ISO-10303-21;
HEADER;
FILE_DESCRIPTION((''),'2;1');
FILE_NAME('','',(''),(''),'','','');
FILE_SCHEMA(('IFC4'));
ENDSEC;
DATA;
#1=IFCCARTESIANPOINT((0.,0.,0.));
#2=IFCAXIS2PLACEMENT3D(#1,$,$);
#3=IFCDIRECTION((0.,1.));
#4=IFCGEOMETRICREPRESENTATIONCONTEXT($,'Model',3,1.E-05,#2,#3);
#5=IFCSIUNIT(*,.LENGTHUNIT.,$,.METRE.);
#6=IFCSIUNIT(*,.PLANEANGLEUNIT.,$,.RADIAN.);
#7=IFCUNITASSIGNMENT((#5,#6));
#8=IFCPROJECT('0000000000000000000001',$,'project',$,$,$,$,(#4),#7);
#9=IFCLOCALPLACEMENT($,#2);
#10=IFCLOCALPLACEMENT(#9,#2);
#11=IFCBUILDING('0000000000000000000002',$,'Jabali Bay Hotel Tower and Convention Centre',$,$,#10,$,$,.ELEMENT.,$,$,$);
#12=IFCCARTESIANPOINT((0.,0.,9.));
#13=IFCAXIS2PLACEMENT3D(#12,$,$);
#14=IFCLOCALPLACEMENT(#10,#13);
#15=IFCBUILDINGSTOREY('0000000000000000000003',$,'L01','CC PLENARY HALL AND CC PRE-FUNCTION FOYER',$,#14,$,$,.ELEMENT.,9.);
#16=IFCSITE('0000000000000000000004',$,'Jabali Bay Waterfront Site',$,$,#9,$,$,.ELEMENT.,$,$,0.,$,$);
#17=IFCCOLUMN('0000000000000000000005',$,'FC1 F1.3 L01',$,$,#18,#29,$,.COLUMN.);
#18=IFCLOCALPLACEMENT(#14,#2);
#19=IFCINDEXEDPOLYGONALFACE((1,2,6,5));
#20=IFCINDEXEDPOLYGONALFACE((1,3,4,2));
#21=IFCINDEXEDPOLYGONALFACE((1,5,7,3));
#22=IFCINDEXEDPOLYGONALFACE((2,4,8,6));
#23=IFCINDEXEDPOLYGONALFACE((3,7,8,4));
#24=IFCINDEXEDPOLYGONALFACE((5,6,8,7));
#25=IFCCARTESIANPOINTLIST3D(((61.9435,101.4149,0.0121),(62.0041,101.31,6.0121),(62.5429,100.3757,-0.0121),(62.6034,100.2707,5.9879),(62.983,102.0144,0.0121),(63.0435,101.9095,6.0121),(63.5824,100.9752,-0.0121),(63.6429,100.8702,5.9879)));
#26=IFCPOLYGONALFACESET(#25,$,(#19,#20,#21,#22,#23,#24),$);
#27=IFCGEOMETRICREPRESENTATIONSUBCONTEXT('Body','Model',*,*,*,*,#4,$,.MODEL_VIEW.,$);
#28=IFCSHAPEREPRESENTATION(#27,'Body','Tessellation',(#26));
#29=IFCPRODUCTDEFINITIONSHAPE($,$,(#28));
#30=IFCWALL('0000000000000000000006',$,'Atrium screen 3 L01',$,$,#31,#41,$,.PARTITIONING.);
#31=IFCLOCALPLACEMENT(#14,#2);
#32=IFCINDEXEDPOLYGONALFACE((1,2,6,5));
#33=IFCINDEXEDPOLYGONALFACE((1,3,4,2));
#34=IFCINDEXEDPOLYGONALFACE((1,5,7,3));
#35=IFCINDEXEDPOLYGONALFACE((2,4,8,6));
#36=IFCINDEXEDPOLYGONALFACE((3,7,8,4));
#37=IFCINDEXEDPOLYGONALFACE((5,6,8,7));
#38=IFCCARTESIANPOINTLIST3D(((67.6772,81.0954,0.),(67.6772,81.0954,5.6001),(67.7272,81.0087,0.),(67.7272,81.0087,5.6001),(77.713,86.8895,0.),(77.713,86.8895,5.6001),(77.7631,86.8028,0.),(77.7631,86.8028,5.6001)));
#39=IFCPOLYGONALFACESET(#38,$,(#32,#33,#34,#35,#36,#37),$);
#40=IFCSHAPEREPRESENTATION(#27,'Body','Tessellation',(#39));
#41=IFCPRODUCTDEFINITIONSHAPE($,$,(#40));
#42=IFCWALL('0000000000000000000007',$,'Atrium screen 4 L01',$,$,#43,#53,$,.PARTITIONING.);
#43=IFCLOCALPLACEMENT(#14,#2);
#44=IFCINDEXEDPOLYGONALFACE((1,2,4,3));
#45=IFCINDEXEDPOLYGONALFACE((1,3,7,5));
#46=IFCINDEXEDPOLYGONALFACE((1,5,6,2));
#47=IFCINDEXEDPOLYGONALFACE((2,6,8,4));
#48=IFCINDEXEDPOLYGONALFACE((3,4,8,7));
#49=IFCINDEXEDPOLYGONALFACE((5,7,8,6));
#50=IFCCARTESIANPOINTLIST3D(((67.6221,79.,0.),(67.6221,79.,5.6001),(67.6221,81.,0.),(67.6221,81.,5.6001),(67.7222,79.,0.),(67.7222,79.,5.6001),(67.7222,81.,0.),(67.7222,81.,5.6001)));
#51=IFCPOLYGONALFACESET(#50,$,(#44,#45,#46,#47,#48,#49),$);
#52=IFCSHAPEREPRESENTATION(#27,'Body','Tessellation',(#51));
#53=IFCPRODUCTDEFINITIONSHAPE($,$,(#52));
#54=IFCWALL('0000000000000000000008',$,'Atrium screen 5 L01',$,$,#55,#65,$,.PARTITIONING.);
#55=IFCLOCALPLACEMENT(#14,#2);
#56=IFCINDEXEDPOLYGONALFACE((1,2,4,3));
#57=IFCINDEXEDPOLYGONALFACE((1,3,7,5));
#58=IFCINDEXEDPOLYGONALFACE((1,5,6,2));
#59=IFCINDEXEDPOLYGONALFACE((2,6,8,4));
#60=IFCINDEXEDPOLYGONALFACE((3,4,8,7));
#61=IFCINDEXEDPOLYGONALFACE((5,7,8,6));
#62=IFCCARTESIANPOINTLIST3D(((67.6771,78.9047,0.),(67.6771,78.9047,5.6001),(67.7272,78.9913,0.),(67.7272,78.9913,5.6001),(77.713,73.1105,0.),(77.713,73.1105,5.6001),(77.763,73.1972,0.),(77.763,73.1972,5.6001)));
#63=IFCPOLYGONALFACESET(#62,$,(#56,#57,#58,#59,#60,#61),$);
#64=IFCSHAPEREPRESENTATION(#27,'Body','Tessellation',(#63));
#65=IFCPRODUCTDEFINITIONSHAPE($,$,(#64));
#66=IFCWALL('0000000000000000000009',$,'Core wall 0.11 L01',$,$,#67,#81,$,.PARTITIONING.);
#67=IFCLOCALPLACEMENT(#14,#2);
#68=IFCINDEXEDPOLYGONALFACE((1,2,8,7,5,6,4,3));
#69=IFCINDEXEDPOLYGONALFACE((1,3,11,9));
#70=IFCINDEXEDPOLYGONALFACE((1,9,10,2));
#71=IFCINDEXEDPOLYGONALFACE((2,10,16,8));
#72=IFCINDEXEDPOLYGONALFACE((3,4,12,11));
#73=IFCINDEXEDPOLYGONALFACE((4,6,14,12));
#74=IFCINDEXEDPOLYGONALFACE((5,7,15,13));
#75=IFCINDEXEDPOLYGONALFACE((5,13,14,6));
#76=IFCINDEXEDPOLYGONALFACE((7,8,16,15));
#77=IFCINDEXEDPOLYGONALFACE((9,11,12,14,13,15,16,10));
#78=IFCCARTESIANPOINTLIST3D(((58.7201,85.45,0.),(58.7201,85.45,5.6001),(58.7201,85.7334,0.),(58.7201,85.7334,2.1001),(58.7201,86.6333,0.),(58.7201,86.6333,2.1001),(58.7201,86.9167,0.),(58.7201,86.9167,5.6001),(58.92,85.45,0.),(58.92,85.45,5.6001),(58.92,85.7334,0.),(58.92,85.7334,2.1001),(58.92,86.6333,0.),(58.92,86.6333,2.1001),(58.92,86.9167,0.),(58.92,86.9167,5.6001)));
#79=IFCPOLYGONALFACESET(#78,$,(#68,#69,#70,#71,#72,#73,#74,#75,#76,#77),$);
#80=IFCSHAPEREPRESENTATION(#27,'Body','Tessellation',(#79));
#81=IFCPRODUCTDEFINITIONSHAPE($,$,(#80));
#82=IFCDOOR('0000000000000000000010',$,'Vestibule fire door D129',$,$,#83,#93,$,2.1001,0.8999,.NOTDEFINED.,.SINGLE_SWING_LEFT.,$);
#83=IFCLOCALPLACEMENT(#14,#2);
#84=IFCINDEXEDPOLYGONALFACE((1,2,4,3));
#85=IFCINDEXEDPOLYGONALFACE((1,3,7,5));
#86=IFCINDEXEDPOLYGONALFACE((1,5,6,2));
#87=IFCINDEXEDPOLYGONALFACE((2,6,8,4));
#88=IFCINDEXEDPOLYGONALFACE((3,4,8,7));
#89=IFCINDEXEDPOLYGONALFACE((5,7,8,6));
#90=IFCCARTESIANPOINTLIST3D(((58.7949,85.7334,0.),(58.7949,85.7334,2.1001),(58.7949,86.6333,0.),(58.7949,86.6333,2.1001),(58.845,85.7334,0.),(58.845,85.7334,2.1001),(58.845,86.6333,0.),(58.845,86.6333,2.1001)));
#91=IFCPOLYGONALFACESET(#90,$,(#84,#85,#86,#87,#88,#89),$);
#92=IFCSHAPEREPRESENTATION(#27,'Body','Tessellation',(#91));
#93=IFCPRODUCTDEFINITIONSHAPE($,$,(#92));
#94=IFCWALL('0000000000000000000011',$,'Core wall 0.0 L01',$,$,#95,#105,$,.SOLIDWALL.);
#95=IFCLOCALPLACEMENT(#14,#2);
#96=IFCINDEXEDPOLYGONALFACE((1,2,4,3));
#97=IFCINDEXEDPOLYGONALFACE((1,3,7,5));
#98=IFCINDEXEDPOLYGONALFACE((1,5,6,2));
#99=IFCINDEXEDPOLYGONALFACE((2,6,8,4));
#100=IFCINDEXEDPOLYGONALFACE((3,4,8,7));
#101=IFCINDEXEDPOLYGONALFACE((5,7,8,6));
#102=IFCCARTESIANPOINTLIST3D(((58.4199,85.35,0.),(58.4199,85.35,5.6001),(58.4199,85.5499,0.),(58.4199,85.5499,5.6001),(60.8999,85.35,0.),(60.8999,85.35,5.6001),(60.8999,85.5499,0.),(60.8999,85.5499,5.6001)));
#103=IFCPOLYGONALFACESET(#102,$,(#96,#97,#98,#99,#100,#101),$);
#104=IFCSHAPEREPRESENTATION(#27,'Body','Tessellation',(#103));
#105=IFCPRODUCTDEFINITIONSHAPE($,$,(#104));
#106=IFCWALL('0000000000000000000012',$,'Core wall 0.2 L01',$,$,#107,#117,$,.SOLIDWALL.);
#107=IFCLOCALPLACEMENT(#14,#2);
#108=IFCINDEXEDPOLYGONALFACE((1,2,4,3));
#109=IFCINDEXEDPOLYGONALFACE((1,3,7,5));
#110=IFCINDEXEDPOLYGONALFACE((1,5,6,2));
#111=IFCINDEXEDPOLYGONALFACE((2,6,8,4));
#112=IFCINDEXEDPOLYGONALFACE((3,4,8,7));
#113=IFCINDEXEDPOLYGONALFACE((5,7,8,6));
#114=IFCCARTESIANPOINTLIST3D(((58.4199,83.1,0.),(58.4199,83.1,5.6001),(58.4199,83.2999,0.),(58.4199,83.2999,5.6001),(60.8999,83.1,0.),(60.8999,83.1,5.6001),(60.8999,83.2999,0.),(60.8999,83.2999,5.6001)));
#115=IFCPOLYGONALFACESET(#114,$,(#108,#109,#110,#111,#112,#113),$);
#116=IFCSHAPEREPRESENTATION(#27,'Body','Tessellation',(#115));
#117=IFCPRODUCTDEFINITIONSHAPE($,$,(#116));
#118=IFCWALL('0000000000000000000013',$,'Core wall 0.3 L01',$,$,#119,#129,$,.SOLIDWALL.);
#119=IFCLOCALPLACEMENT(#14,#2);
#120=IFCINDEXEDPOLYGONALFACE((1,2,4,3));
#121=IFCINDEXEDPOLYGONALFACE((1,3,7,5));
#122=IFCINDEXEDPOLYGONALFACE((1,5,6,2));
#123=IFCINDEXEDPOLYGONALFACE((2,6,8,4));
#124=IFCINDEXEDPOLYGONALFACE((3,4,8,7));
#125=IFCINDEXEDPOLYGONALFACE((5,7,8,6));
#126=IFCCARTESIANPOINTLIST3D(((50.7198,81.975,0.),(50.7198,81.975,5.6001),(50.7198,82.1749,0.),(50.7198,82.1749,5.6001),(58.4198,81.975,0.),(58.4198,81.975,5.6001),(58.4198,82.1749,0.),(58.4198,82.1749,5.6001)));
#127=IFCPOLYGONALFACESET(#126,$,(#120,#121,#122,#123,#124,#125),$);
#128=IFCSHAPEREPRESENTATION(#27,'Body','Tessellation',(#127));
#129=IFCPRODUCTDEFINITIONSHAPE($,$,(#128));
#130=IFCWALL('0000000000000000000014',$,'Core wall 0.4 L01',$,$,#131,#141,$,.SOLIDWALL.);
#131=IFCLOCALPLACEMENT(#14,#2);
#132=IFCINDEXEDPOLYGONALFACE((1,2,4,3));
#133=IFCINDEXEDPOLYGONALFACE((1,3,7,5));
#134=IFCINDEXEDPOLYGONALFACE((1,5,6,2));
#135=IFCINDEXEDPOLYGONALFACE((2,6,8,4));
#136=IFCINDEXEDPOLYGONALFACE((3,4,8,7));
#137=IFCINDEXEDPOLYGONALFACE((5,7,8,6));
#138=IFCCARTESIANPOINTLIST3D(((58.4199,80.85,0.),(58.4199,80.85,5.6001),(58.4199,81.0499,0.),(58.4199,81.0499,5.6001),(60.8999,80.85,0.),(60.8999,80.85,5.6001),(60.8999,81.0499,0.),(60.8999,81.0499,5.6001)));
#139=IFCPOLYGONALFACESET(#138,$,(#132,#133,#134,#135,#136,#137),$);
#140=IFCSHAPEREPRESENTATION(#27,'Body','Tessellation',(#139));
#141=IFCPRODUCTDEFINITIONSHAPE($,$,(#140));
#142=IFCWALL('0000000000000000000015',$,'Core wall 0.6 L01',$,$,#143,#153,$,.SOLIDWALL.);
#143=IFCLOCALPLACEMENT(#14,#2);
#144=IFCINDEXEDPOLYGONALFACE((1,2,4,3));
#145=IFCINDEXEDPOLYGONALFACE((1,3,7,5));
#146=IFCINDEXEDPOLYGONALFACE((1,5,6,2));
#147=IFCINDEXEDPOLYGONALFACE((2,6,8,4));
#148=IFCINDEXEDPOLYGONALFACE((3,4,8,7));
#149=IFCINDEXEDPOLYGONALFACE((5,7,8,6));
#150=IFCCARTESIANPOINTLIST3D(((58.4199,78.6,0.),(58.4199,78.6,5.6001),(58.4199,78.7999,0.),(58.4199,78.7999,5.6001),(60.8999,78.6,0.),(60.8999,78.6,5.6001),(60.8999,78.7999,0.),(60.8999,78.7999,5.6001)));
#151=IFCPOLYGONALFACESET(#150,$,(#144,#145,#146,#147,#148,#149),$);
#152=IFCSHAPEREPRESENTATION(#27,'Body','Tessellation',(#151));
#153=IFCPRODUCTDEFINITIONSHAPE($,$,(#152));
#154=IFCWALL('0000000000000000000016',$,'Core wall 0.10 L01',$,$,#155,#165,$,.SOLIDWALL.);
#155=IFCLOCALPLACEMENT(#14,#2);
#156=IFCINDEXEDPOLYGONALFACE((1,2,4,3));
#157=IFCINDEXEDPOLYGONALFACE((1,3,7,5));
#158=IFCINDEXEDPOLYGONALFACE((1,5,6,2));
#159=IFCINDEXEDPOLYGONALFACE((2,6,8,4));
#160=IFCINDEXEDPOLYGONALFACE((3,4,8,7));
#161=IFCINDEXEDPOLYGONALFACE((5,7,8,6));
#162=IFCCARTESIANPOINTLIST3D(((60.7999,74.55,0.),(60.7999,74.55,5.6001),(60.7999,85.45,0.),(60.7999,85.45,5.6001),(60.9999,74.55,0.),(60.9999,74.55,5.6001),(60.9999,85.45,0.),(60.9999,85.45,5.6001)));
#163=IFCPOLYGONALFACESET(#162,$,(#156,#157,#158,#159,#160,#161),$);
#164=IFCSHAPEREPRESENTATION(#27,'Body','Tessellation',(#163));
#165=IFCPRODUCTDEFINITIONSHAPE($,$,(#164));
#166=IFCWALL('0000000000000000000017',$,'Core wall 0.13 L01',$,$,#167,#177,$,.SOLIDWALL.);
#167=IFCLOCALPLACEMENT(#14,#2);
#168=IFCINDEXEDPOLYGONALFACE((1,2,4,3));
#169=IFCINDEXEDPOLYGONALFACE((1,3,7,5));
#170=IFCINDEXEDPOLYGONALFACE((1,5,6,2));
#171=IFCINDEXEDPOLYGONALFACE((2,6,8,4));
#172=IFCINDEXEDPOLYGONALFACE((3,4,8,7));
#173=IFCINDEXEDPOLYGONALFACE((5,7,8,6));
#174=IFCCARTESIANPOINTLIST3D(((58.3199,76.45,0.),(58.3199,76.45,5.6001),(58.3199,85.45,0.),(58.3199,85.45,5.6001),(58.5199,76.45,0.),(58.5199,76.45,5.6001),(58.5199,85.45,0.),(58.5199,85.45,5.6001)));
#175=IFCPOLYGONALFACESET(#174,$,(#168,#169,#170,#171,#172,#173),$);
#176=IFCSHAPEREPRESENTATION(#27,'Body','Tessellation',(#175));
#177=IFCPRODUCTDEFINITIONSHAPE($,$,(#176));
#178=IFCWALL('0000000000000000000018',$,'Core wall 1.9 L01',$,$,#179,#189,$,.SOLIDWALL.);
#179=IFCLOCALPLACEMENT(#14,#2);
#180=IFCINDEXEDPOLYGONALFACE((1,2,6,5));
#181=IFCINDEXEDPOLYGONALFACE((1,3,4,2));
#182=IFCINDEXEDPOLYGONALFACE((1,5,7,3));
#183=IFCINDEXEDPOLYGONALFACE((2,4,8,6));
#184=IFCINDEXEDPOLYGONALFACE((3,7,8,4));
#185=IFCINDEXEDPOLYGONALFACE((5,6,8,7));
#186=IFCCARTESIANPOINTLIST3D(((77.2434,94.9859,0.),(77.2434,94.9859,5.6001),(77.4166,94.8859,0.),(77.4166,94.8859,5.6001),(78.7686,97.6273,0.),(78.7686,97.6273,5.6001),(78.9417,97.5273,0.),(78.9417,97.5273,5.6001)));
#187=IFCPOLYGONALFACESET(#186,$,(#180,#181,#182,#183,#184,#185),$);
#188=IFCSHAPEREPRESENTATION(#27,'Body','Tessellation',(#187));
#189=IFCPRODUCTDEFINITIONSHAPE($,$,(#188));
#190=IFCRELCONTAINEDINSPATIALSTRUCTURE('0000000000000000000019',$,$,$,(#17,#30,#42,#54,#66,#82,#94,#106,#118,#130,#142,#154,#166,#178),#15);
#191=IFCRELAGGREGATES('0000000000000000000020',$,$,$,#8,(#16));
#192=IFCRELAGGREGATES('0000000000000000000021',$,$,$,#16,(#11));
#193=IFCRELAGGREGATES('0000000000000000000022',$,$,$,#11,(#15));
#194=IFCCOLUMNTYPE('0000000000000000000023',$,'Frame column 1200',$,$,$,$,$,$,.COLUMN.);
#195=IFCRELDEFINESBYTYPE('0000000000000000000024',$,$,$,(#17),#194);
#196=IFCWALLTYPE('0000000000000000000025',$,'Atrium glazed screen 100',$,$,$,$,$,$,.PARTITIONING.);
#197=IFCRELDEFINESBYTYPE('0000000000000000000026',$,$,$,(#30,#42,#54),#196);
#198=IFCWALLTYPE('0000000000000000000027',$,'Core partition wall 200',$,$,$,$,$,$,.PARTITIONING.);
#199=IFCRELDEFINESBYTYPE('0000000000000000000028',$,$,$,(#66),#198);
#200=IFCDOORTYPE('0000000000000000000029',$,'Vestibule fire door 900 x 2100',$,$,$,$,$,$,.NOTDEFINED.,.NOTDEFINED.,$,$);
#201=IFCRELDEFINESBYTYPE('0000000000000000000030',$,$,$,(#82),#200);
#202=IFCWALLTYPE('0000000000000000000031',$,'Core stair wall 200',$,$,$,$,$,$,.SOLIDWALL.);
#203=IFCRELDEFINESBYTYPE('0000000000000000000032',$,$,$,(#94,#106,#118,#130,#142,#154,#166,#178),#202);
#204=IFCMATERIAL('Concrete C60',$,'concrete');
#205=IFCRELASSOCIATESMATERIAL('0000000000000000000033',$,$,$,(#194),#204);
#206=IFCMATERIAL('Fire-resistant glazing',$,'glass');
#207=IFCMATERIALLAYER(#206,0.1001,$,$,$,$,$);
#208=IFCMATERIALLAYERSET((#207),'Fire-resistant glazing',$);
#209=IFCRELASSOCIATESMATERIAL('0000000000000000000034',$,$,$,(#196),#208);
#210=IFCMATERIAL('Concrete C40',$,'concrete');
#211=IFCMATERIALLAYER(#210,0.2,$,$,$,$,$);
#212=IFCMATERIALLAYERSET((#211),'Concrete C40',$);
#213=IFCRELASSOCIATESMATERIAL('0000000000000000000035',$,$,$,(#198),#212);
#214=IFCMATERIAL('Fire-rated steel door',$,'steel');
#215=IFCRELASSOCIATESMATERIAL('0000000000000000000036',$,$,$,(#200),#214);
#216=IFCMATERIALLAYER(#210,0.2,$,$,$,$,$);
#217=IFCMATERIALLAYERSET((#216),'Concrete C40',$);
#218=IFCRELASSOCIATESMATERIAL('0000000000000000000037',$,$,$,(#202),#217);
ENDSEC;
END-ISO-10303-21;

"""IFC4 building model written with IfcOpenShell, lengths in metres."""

from ifc_helpers import new_model, si_unit, direction, frame, frame_2d, origin, origin_2d, place, context, subcontext, project, spatial, rectangle, extrude, material, layer, layer_set, material_profile, profile_set, type_object, element, fill, save


model = new_model("IFC4")

# Units and contexts
model_context = context("Model", 3, precision=1e-05, world=origin(), true_north=direction((0.0, 1.0)))
body_context = subcontext(model_context, "Body", "Model", "MODEL_VIEW")
ifc_project = project(units=[si_unit("LENGTHUNIT", "METRE"), si_unit("PLANEANGLEUNIT", "RADIAN")], contexts=[model_context])

# Site, building, storey
site_placement = place(None, origin())
site = spatial("IfcSite", under=ifc_project, at=site_placement, Name="Jabali Bay Waterfront Site", CompositionType="ELEMENT", RefElevation=0.0)
building_placement = place(site_placement, origin())
building = spatial("IfcBuilding", under=site, at=building_placement, Name="Jabali Bay Hotel Tower and Convention Centre", CompositionType="ELEMENT")
storey_placement = place(building_placement, frame((0.0, 0.0, 9.0)))
storey = spatial("IfcBuildingStorey", under=building, at=storey_placement, Name="L01", Description="CC PLENARY HALL AND CC PRE-FUNCTION FOYER", CompositionType="ELEMENT", Elevation=9.0)

# Column
ifc_material_1 = material(Name="Concrete C60", Category="concrete")
ifc_material_profile = material_profile(ifc_material_1, rectangle(XDim=1.2, YDim=1.2, at=origin_2d()), Name="Frame column 1200")
ifc_profile_set = profile_set([ifc_material_profile], Name="Concrete C60")
column_type = type_object("IfcColumnType", Name="Frame column 1200", PredefinedType="COLUMN", material=ifc_profile_set)
column_placement = place(storey_placement, frame((62.7629, 101.1951, 0.0), z_axis=(0.010089, -0.017493, 0.999796), x_axis=(-0.499504, 0.866076, 0.020194)))
element("IfcColumn", 1, at=column_placement, inside=storey, type_object=column_type, Name="FC1 F1.3 L01", PredefinedType="COLUMN", context=body_context, shape_type="SweptSolid", body=[
    extrude(rectangle(XDim=1.2, YDim=1.2, at=origin_2d()), origin(), (0.0, 0.0, 1.0), 6.0012),
])

# Walls
ifc_material_2 = material(Name="Fire-resistant glazing", Category="glass")
ifc_layer_1 = layer(ifc_material_2, 0.1001)
ifc_layer_set_1 = layer_set([ifc_layer_1], Name="Fire-resistant glazing")
wall_type_1 = type_object("IfcWallType", Name="Atrium glazed screen 100", PredefinedType="PARTITIONING", material=ifc_layer_set_1)
wall_1_placement = place(storey_placement, frame((77.738, 86.8462, 0.0), z_axis=(0.0, 0.0, 1.0), x_axis=(-0.866027, -0.499998, 0.0)))
element("IfcWall", 2, at=wall_1_placement, inside=storey, type_object=wall_type_1, Name="Atrium screen 3 L01", PredefinedType="PARTITIONING", context=body_context, shape_type="SweptSolid", body=[
    extrude(rectangle(XDim=11.5884, YDim=0.1001, at=frame_2d((5.7942, 0.0))), origin(), (0.0, 0.0, 1.0), 5.6001),
])
wall_2_placement = place(storey_placement, frame((67.6721, 81.0, 0.0), z_axis=(0.0, 0.0, 1.0), x_axis=(0.0, -1.0, 0.0)))
element("IfcWall", 3, at=wall_2_placement, inside=storey, type_object=wall_type_1, Name="Atrium screen 4 L01", PredefinedType="PARTITIONING", context=body_context, shape_type="SweptSolid", body=[
    extrude(rectangle(XDim=2.0, YDim=0.1001, at=frame_2d((1.0, 0.0))), origin(), (0.0, 0.0, 1.0), 5.6001),
])
wall_3_placement = place(storey_placement, frame((67.7021, 78.948, 0.0), z_axis=(0.0, 0.0, 1.0), x_axis=(0.866027, -0.499998, 0.0)))
element("IfcWall", 4, at=wall_3_placement, inside=storey, type_object=wall_type_1, Name="Atrium screen 5 L01", PredefinedType="PARTITIONING", context=body_context, shape_type="SweptSolid", body=[
    extrude(rectangle(XDim=11.5884, YDim=0.1001, at=frame_2d((5.7942, 0.0))), origin(), (0.0, 0.0, 1.0), 5.6001),
])

# Wall, opening, door
ifc_material_3 = material(Name="Concrete C40", Category="concrete")
ifc_layer_2 = layer(ifc_material_3, 0.2)
ifc_layer_set_2 = layer_set([ifc_layer_2], Name="Concrete C40")
wall_type_2 = type_object("IfcWallType", Name="Core partition wall 200", PredefinedType="PARTITIONING", material=ifc_layer_set_2)
wall_4_placement = place(storey_placement, frame((58.8201, 86.9167, 0.0), z_axis=(0.0, 0.0, 1.0), x_axis=(0.0, -1.0, 0.0)))
wall_4 = element("IfcWall", 5, at=wall_4_placement, inside=storey, type_object=wall_type_2, Name="Core wall 0.11 L01", PredefinedType="PARTITIONING", context=body_context, shape_type="SweptSolid", body=[
    extrude(rectangle(XDim=1.4668, YDim=0.2, at=frame_2d((0.7334, 0.0))), origin(), (0.0, 0.0, 1.0), 5.6001),
])
opening_1_placement = place(wall_4_placement, frame((0.2834, 0.0, 0.0)))
opening_1 = element("IfcOpeningElement", 6, at=opening_1_placement, cuts=wall_4, PredefinedType="OPENING", context=body_context, shape_type="SweptSolid", body=[
    extrude(rectangle(XDim=0.8999, YDim=2.1001, at=frame_2d((0.45, 1.05))), frame((0.0, 0.1104, 0.0), z_axis=(0.0, -1.0, 0.0), x_axis=(1.0, 0.0, 0.0)), (0.0, 0.0, 1.0), 0.2209),
])
ifc_material_4 = material(Name="Fire-rated steel door", Category="steel")
door_type_1 = type_object("IfcDoorType", Name="Vestibule fire door 900 x 2100", OperationType="NOTDEFINED", PredefinedType="NOTDEFINED", material=ifc_material_4)
door_1_placement = place(opening_1_placement, origin())
door_1 = element("IfcDoor", 7, at=door_1_placement, inside=storey, type_object=door_type_1, Name="Vestibule fire door D129", OperationType="SINGLE_SWING_LEFT", OverallHeight=2.1001, OverallWidth=0.8999, PredefinedType="NOTDEFINED", context=body_context, shape_type="SweptSolid", body=[
    extrude(rectangle(XDim=0.8999, YDim=2.1001, at=frame_2d((0.45, 1.05))), frame((0.0, 0.0249, 0.0), z_axis=(0.0, -1.0, 0.0), x_axis=(1.0, 0.0, 0.0)), (0.0, 0.0, 1.0), 0.05),
])
fill(opening_1, door_1)

# Walls
ifc_layer_3 = layer(ifc_material_3, 0.2)
ifc_layer_set_3 = layer_set([ifc_layer_3], Name="Concrete C40")
wall_type_3 = type_object("IfcWallType", Name="Core stair wall 200", PredefinedType="SOLIDWALL", material=ifc_layer_set_3)
for number, where, z_axis, x_axis, name in (
    (8, (60.8999, 85.45, 0.0), (0.0, 0.0, 1.0), (-1.0, 0.0, 0.0), "Core wall 0.0 L01"),
    (9, (60.8999, 83.2, 0.0), (0.0, 0.0, 1.0), (-1.0, 0.0, 0.0), "Core wall 0.2 L01"),
):
    element("IfcWall", number, at=place(storey_placement, frame(where, z_axis=z_axis, x_axis=x_axis)), inside=storey, type_object=wall_type_3, Name=name, PredefinedType="SOLIDWALL", context=body_context, shape_type="SweptSolid", body=[
        extrude(rectangle(XDim=2.48, YDim=0.2, at=frame_2d((1.24, 0.0))), origin(), (0.0, 0.0, 1.0), 5.6001),
    ])
wall_5_placement = place(storey_placement, frame((58.4199, 82.075, 0.0), z_axis=(0.0, 0.0, 1.0), x_axis=(-1.0, 0.0, 0.0)))
element("IfcWall", 10, at=wall_5_placement, inside=storey, type_object=wall_type_3, Name="Core wall 0.3 L01", PredefinedType="SOLIDWALL", context=body_context, shape_type="SweptSolid", body=[
    extrude(rectangle(XDim=7.7, YDim=0.2, at=frame_2d((3.8501, 0.0))), origin(), (0.0, 0.0, 1.0), 5.6001),
])
for number, where, z_axis, x_axis, name in (
    (11, (60.8999, 80.95, 0.0), (0.0, 0.0, 1.0), (-1.0, 0.0, 0.0), "Core wall 0.4 L01"),
    (12, (60.8999, 78.7, 0.0), (0.0, 0.0, 1.0), (-1.0, 0.0, 0.0), "Core wall 0.6 L01"),
):
    element("IfcWall", number, at=place(storey_placement, frame(where, z_axis=z_axis, x_axis=x_axis)), inside=storey, type_object=wall_type_3, Name=name, PredefinedType="SOLIDWALL", context=body_context, shape_type="SweptSolid", body=[
        extrude(rectangle(XDim=2.48, YDim=0.2, at=frame_2d((1.24, 0.0))), origin(), (0.0, 0.0, 1.0), 5.6001),
    ])
wall_6_placement = place(storey_placement, frame((60.8999, 85.45, 0.0), z_axis=(0.0, 0.0, 1.0), x_axis=(0.0, -1.0, 0.0)))
element("IfcWall", 13, at=wall_6_placement, inside=storey, type_object=wall_type_3, Name="Core wall 0.10 L01", PredefinedType="SOLIDWALL", context=body_context, shape_type="SweptSolid", body=[
    extrude(rectangle(XDim=10.8999, YDim=0.2, at=frame_2d((5.45, 0.0))), origin(), (0.0, 0.0, 1.0), 5.6001),
])
wall_7_placement = place(storey_placement, frame((58.4199, 85.45, 0.0), z_axis=(0.0, 0.0, 1.0), x_axis=(0.0, -1.0, 0.0)))
element("IfcWall", 14, at=wall_7_placement, inside=storey, type_object=wall_type_3, Name="Core wall 0.13 L01", PredefinedType="SOLIDWALL", context=body_context, shape_type="SweptSolid", body=[
    extrude(rectangle(XDim=9.0, YDim=0.2, at=frame_2d((4.5, 0.0))), origin(), (0.0, 0.0, 1.0), 5.6001),
])
wall_8_placement = place(storey_placement, frame((77.3301, 94.936, 0.0), z_axis=(0.0, 0.0, 1.0), x_axis=(0.500039, 0.866003, 0.0)))
element("IfcWall", 15, at=wall_8_placement, inside=storey, type_object=wall_type_3, Name="Core wall 1.9 L01", PredefinedType="SOLIDWALL", context=body_context, shape_type="SweptSolid", body=[
    extrude(rectangle(XDim=3.05, YDim=0.2, at=frame_2d((1.5249, 0.0))), origin(), (0.0, 0.0, 1.0), 5.6001),
])

save(model, "model.ifc")
